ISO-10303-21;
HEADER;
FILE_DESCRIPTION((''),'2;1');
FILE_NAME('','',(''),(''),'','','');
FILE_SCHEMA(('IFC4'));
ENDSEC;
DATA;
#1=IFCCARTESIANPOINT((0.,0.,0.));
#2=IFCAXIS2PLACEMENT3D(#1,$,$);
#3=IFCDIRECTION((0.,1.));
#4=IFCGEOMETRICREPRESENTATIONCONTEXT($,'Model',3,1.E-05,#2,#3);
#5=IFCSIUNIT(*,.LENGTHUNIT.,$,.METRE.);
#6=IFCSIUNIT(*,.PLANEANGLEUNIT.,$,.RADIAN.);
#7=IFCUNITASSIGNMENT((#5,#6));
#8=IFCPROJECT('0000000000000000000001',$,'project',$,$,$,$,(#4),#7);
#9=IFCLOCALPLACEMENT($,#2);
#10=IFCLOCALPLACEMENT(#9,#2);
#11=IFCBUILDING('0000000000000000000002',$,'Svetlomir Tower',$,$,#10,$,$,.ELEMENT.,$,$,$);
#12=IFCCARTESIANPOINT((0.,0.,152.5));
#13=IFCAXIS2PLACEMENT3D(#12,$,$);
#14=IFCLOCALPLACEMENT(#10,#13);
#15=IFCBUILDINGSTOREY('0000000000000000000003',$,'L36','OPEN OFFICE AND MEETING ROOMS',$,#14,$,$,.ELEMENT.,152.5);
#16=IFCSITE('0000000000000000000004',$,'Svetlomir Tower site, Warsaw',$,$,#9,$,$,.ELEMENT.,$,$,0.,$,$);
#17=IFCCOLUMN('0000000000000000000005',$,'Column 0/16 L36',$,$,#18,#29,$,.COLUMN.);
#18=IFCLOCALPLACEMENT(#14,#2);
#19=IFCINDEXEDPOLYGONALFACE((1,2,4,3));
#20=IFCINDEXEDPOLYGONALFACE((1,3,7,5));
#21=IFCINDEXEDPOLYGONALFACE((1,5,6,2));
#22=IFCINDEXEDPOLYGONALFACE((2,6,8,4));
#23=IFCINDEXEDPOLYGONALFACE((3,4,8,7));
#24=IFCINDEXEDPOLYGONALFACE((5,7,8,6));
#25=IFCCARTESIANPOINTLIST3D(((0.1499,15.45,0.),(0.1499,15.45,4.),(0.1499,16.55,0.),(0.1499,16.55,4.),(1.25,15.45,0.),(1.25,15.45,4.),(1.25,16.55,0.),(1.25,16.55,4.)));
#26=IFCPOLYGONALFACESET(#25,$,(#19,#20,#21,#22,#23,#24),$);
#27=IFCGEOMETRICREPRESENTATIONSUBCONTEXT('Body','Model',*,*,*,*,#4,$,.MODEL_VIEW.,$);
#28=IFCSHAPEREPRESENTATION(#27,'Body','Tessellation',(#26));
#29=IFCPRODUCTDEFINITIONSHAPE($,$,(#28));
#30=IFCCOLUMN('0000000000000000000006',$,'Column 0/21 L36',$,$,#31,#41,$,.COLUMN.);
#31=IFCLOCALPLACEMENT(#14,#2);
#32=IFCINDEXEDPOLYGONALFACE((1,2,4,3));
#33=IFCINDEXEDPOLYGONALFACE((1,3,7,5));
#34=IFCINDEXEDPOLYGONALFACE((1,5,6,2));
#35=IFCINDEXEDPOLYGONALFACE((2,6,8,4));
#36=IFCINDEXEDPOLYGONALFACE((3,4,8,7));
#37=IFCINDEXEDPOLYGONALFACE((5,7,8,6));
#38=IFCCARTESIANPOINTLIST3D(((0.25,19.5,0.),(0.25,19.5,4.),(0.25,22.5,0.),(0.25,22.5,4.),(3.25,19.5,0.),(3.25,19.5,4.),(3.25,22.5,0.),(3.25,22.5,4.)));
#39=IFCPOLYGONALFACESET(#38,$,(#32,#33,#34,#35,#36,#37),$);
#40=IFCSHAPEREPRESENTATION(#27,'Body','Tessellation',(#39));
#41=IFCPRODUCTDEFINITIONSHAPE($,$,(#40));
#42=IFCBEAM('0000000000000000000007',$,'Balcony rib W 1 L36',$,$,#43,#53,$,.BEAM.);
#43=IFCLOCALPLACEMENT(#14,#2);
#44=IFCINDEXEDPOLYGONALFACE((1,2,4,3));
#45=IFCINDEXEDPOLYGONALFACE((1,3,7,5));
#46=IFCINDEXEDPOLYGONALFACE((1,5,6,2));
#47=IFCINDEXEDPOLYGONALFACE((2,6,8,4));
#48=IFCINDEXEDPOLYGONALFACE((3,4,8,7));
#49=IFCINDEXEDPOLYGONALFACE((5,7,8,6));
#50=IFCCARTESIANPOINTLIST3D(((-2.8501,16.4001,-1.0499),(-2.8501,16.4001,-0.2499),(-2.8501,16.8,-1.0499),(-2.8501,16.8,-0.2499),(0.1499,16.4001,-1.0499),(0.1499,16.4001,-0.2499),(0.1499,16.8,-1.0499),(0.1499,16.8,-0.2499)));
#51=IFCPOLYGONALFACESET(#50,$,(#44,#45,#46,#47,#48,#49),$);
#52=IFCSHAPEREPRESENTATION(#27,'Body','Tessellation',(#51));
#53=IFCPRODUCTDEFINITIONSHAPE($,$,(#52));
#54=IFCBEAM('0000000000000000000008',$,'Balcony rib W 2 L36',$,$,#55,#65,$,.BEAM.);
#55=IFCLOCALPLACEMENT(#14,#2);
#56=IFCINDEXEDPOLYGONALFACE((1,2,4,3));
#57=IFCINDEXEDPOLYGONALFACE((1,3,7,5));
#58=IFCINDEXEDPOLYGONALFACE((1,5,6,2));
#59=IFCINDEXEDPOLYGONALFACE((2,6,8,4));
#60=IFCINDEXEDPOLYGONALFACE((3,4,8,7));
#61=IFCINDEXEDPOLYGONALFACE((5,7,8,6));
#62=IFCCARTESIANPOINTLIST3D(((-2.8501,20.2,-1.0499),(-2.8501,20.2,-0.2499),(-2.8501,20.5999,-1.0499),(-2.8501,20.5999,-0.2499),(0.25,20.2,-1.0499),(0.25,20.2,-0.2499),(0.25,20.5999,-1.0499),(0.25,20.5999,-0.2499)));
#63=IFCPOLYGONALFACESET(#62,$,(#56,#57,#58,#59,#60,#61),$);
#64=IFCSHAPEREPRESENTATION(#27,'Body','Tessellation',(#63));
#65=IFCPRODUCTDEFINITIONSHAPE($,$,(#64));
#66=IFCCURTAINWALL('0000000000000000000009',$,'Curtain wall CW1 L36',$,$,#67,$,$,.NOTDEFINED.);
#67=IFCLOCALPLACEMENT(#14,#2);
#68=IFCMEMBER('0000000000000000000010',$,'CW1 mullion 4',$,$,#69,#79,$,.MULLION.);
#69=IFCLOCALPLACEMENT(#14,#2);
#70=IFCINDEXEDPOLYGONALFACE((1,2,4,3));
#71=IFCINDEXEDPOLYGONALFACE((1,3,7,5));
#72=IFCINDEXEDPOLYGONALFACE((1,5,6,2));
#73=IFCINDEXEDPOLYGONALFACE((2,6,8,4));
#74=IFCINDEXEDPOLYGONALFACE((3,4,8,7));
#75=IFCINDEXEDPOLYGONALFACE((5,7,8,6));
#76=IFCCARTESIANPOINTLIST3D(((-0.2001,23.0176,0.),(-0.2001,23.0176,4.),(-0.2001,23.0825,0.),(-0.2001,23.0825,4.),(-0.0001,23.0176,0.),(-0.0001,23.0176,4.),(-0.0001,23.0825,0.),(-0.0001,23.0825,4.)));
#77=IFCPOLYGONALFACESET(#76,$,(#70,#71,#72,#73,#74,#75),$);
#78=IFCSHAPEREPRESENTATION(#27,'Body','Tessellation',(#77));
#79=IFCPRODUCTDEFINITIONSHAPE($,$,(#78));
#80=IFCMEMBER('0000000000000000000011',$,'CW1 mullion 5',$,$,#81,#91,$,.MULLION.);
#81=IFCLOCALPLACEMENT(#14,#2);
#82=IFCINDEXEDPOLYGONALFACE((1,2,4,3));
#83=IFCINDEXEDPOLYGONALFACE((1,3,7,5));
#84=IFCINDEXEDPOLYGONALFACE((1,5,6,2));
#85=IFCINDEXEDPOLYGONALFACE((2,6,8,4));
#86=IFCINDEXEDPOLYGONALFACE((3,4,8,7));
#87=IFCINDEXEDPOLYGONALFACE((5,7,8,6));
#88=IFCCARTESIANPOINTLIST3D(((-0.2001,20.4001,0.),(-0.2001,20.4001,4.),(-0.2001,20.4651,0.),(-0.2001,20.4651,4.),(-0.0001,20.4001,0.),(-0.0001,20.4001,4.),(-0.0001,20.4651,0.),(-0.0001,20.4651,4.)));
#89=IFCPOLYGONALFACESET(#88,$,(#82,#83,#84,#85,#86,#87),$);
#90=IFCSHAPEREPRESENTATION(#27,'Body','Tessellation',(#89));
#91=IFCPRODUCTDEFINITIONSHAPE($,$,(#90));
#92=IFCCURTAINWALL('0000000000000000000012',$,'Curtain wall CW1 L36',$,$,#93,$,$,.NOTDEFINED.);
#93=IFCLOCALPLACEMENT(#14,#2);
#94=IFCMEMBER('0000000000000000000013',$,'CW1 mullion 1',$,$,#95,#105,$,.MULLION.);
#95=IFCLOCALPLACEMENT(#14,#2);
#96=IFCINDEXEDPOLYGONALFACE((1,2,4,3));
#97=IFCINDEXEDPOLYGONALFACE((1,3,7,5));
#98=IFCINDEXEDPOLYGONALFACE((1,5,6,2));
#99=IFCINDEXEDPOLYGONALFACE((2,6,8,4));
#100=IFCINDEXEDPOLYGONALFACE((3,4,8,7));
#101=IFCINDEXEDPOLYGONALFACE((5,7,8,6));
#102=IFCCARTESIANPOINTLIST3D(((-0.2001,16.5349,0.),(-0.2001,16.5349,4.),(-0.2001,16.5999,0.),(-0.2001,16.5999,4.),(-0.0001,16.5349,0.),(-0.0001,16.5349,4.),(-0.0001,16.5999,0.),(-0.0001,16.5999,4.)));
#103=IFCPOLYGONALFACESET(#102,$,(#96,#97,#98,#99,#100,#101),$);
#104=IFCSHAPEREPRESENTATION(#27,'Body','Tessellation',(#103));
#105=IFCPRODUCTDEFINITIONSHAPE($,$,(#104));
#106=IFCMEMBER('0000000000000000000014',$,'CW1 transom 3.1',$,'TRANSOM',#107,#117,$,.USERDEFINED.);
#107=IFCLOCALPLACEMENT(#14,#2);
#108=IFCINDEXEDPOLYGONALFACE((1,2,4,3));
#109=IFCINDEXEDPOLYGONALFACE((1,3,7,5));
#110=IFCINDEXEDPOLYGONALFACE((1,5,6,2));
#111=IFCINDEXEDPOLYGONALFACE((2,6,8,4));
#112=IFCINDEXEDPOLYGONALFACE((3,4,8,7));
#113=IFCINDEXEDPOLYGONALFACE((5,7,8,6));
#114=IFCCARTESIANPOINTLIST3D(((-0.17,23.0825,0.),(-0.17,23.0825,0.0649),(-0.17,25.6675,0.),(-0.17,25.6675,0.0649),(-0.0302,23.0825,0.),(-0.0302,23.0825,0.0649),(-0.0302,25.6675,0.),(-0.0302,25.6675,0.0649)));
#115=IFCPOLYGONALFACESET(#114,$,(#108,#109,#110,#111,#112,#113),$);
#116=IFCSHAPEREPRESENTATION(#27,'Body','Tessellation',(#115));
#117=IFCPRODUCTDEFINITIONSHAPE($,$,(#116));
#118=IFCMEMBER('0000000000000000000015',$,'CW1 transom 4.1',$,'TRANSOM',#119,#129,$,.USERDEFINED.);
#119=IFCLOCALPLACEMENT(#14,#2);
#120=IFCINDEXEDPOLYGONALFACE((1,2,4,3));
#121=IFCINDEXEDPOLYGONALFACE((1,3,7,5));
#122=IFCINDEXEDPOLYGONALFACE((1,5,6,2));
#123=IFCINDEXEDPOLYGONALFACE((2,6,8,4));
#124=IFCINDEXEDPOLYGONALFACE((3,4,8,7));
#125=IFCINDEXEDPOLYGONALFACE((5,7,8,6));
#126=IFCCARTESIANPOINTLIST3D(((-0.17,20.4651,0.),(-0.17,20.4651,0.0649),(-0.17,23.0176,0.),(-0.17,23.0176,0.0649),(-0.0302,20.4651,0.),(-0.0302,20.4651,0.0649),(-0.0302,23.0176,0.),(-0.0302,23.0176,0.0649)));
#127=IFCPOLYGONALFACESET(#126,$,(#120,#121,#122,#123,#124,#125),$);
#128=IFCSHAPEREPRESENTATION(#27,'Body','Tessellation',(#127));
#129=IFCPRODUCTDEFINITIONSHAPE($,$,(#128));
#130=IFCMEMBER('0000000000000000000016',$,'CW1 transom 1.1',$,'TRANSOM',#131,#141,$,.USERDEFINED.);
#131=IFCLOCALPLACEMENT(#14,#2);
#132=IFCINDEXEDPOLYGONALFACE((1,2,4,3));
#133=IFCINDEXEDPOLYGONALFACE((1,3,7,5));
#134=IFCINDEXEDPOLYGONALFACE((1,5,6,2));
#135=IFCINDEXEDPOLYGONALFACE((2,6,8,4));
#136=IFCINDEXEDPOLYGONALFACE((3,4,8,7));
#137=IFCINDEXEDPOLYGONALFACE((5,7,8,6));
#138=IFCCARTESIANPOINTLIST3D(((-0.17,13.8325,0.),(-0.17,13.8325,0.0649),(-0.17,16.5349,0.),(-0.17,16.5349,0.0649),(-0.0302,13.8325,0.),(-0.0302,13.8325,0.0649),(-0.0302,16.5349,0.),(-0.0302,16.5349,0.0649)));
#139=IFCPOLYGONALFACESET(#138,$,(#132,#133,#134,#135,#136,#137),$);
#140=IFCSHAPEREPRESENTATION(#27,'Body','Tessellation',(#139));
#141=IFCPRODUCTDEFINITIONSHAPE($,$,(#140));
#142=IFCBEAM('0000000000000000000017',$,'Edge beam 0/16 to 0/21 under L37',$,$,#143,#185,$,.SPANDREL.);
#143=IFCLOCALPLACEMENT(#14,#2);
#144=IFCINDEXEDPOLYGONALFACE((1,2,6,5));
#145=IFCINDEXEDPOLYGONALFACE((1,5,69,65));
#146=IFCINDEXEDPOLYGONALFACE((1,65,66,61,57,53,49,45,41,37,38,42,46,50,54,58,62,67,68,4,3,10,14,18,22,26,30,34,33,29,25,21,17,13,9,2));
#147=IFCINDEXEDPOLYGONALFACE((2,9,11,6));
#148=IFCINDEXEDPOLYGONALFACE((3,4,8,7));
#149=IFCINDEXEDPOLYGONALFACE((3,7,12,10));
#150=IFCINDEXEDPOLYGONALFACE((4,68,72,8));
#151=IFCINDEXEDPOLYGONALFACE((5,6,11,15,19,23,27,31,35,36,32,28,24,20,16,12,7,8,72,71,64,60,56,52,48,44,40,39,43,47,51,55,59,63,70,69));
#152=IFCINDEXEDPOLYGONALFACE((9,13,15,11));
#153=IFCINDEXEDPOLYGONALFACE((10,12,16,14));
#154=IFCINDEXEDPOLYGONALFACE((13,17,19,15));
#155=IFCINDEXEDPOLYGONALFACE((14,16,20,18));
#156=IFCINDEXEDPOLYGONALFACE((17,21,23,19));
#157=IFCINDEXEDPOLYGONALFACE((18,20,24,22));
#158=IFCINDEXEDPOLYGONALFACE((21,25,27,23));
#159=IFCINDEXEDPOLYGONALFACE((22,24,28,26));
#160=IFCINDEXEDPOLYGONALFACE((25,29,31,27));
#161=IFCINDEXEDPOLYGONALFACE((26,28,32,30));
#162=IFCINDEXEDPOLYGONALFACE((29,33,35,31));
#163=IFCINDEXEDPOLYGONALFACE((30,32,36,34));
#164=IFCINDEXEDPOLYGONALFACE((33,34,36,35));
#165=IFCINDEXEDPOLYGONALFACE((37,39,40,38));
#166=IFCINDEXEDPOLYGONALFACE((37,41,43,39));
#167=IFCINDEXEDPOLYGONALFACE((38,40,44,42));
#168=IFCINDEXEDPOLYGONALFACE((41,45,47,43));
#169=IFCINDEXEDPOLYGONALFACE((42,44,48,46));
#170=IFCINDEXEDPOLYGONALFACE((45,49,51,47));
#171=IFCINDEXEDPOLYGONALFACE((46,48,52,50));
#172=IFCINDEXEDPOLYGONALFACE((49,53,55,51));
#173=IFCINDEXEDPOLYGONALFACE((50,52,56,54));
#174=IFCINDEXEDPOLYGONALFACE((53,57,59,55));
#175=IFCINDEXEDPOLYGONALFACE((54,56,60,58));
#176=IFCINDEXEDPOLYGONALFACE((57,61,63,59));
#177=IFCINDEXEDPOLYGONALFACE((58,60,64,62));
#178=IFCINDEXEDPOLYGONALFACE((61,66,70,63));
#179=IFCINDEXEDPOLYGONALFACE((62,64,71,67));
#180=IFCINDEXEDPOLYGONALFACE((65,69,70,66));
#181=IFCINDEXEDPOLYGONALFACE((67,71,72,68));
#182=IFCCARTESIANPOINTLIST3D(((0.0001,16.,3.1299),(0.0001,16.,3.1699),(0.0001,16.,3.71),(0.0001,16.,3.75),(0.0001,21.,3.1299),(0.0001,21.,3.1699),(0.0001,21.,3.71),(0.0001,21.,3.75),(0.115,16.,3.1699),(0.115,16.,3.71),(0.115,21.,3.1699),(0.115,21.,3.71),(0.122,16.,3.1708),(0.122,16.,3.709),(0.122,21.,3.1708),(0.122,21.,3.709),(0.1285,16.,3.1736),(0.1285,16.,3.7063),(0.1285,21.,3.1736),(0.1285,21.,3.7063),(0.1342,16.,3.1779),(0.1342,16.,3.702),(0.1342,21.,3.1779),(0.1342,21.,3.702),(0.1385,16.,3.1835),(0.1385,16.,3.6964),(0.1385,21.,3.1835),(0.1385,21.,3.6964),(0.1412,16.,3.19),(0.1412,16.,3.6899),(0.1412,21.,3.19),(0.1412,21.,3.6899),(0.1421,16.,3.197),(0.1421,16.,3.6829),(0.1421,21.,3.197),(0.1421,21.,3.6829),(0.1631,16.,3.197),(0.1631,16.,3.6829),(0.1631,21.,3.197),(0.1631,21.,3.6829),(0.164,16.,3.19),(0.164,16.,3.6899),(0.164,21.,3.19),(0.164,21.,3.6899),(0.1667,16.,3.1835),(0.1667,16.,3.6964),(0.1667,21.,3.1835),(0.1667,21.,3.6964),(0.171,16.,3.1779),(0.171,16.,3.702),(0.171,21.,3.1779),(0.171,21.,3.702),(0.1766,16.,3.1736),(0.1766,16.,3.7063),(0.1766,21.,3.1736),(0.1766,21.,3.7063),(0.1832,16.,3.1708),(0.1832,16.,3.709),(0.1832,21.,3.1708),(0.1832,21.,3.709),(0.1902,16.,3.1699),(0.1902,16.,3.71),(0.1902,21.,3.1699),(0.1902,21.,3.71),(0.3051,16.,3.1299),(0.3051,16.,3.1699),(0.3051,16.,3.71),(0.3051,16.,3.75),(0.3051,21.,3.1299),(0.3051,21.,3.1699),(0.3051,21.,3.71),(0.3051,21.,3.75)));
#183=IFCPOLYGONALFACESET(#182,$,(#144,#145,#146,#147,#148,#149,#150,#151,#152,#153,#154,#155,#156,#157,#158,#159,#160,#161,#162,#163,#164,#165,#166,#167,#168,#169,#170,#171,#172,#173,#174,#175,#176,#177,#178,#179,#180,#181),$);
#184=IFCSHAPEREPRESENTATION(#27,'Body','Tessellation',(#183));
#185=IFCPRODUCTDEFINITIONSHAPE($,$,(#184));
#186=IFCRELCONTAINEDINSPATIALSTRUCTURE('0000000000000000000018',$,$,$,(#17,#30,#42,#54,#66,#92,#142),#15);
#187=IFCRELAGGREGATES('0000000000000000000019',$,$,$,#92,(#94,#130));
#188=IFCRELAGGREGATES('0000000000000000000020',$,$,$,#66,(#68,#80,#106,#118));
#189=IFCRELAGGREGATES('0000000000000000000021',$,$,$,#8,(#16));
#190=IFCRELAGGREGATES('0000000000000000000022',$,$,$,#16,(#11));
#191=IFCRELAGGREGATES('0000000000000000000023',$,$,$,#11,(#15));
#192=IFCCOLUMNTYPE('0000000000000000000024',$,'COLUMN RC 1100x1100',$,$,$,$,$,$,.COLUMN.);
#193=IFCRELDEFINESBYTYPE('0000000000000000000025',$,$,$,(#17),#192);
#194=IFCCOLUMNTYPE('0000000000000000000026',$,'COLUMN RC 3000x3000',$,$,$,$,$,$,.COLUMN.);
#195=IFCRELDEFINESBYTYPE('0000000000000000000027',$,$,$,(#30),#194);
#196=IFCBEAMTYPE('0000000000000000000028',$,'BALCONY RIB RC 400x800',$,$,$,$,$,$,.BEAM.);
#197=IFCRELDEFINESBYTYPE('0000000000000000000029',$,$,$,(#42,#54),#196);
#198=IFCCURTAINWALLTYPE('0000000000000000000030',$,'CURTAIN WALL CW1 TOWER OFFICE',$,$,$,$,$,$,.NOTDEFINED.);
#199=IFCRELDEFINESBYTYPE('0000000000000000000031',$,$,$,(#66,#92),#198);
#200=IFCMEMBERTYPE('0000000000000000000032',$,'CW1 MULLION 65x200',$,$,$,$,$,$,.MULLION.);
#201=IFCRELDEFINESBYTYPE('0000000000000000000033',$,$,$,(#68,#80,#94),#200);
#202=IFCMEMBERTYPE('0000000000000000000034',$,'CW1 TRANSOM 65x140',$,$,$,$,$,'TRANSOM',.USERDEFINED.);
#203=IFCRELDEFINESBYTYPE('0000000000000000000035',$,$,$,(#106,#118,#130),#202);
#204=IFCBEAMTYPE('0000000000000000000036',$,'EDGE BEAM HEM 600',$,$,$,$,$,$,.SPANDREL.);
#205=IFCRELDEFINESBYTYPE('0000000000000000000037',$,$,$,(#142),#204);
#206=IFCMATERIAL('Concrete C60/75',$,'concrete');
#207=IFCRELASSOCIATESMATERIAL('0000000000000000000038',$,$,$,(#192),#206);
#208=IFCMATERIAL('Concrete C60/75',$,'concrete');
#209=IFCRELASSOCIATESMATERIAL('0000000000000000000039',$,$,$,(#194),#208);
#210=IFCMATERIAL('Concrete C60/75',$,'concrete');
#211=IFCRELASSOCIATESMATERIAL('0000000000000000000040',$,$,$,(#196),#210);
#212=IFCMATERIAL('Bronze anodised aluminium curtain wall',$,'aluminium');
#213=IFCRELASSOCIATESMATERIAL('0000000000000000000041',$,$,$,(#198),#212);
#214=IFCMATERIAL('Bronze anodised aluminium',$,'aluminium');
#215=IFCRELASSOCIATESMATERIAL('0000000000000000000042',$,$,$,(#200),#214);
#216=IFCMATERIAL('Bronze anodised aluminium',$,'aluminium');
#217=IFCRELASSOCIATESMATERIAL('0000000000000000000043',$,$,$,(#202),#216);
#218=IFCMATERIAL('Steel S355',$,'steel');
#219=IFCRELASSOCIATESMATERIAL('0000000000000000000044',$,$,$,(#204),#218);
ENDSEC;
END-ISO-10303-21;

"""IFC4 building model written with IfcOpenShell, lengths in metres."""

from ifc_helpers import new_model, si_unit, direction, frame, origin, origin_2d, place, context, subcontext, project, spatial, rectangle, i_section, extrude, material, material_profile, profile_set, type_object, element, aggregate, save


model = new_model("IFC4")

# Units and contexts
model_context = context("Model", 3, precision=1e-05, world=origin(), true_north=direction((0.0, 1.0)))
body_context = subcontext(model_context, "Body", "Model", "MODEL_VIEW")
ifc_project = project(units=[si_unit("LENGTHUNIT", "METRE"), si_unit("PLANEANGLEUNIT", "RADIAN")], contexts=[model_context])

# Site, building, storey
site_placement = place(None, origin())
site = spatial("IfcSite", under=ifc_project, at=site_placement, Name="Svetlomir Tower site, Warsaw", CompositionType="ELEMENT", RefElevation=0.0)
building_placement = place(site_placement, origin())
building = spatial("IfcBuilding", under=site, at=building_placement, Name="Svetlomir Tower", CompositionType="ELEMENT")
storey_placement = place(building_placement, frame((0.0, 0.0, 152.5)))
storey = spatial("IfcBuildingStorey", under=building, at=storey_placement, Name="L36", Description="OPEN OFFICE AND MEETING ROOMS", CompositionType="ELEMENT", Elevation=152.5)

# Columns
ifc_material_1 = material(Name="Concrete C60/75", Category="concrete")
ifc_material_profile_1 = material_profile(ifc_material_1, rectangle(XDim=1.1001, YDim=1.1001, at=origin_2d()), Name="RC 1100x1100")
ifc_profile_set_1 = profile_set([ifc_material_profile_1], Name="Concrete C60/75")
column_type_1 = type_object("IfcColumnType", Name="COLUMN RC 1100x1100", PredefinedType="COLUMN", material=ifc_profile_set_1)
column_1_placement = place(storey_placement, frame((0.7, 16.0, 0.0), z_axis=(0.0, 0.0, 1.0), x_axis=(1.0, 0.0, 0.0)))
element("IfcColumn", 1, at=column_1_placement, inside=storey, type_object=column_type_1, Name="Column 0/16 L36", PredefinedType="COLUMN", context=body_context, shape_type="SweptSolid", body=[
    extrude(rectangle(XDim=1.1001, YDim=1.1001, at=origin_2d()), origin(), (0.0, 0.0, 1.0), 4.0),
])
ifc_material_2 = material(Name="Concrete C60/75", Category="concrete")
ifc_material_profile_2 = material_profile(ifc_material_2, rectangle(XDim=3.0, YDim=3.0, at=origin_2d()), Name="RC 3000x3000")
ifc_profile_set_2 = profile_set([ifc_material_profile_2], Name="Concrete C60/75")
column_type_2 = type_object("IfcColumnType", Name="COLUMN RC 3000x3000", PredefinedType="COLUMN", material=ifc_profile_set_2)
column_2_placement = place(storey_placement, frame((1.75, 21.0, 0.0), z_axis=(0.0, 0.0, 1.0), x_axis=(1.0, 0.0, 0.0)))
element("IfcColumn", 2, at=column_2_placement, inside=storey, type_object=column_type_2, Name="Column 0/21 L36", PredefinedType="COLUMN", context=body_context, shape_type="SweptSolid", body=[
    extrude(rectangle(XDim=3.0, YDim=3.0, at=origin_2d()), origin(), (0.0, 0.0, 1.0), 4.0),
])

# Beams
ifc_material_3 = material(Name="Concrete C60/75", Category="concrete")
ifc_material_profile_3 = material_profile(ifc_material_3, rectangle(XDim=0.3999, YDim=0.8, at=origin_2d()), Name="RC 400x800")
ifc_profile_set_3 = profile_set([ifc_material_profile_3], Name="Concrete C60/75")
beam_type_1 = type_object("IfcBeamType", Name="BALCONY RIB RC 400x800", PredefinedType="BEAM", material=ifc_profile_set_3)
beam_1_placement = place(storey_placement, frame((0.1499, 16.6001, -0.6499), z_axis=(-1.0, 0.0, 0.0), x_axis=(0.0, -1.0, 0.0)))
element("IfcBeam", 3, at=beam_1_placement, inside=storey, type_object=beam_type_1, Name="Balcony rib W 1 L36", PredefinedType="BEAM", context=body_context, shape_type="SweptSolid", body=[
    extrude(rectangle(XDim=0.3999, YDim=0.8, at=origin_2d()), origin(), (0.0, 0.0, 1.0), 3.0),
])
beam_2_placement = place(storey_placement, frame((0.25, 20.3999, -0.6499), z_axis=(-1.0, 0.0, 0.0), x_axis=(0.0, -1.0, 0.0)))
element("IfcBeam", 4, at=beam_2_placement, inside=storey, type_object=beam_type_1, Name="Balcony rib W 2 L36", PredefinedType="BEAM", context=body_context, shape_type="SweptSolid", body=[
    extrude(rectangle(XDim=0.3999, YDim=0.8, at=origin_2d()), origin(), (0.0, 0.0, 1.0), 3.1001),
])

# Curtain wall, members
ifc_material_4 = material(Name="Bronze anodised aluminium curtain wall", Category="aluminium")
curtain_wall_type = type_object("IfcCurtainWallType", Name="CURTAIN WALL CW1 TOWER OFFICE", PredefinedType="NOTDEFINED", material=ifc_material_4)
curtain_wall_1_placement = place(storey_placement, origin())
curtain_wall_1 = element("IfcCurtainWall", 5, at=curtain_wall_1_placement, inside=storey, type_object=curtain_wall_type, Name="Curtain wall CW1 L36", PredefinedType="NOTDEFINED")
ifc_material_5 = material(Name="Bronze anodised aluminium", Category="aluminium")
ifc_material_profile_4 = material_profile(ifc_material_5, rectangle(XDim=0.0649, YDim=0.2, at=origin_2d()), Name="AL 65x200")
ifc_profile_set_4 = profile_set([ifc_material_profile_4], Name="Bronze anodised aluminium 6063-T6")
member_type_1 = type_object("IfcMemberType", Name="CW1 MULLION 65x200", PredefinedType="MULLION", material=ifc_profile_set_4)
member_1_placement = place(storey_placement, frame((-0.1001, 23.05, 0.0), z_axis=(0.0, 0.0, 1.0), x_axis=(0.0, -1.0, 0.0)))
member_1 = element("IfcMember", 6, at=member_1_placement, type_object=member_type_1, Name="CW1 mullion 4", PredefinedType="MULLION", context=body_context, shape_type="SweptSolid", body=[
    extrude(rectangle(XDim=0.0649, YDim=0.2, at=origin_2d()), origin(), (0.0, 0.0, 1.0), 4.0),
])
member_2_placement = place(storey_placement, frame((-0.1001, 20.4326, 0.0), z_axis=(0.0, 0.0, 1.0), x_axis=(0.0, -1.0, 0.0)))
member_2 = element("IfcMember", 7, at=member_2_placement, type_object=member_type_1, Name="CW1 mullion 5", PredefinedType="MULLION", context=body_context, shape_type="SweptSolid", body=[
    extrude(rectangle(XDim=0.0649, YDim=0.2, at=origin_2d()), origin(), (0.0, 0.0, 1.0), 4.0),
])

# Curtain wall, member
curtain_wall_2_placement = place(storey_placement, origin())
curtain_wall_2 = element("IfcCurtainWall", 8, at=curtain_wall_2_placement, inside=storey, type_object=curtain_wall_type, Name="Curtain wall CW1 L36", PredefinedType="NOTDEFINED")
member_3_placement = place(storey_placement, frame((-0.1001, 16.5674, 0.0), z_axis=(0.0, 0.0, 1.0), x_axis=(0.0, -1.0, 0.0)))
member_3 = element("IfcMember", 9, at=member_3_placement, type_object=member_type_1, Name="CW1 mullion 1", PredefinedType="MULLION", context=body_context, shape_type="SweptSolid", body=[
    extrude(rectangle(XDim=0.0649, YDim=0.2, at=origin_2d()), origin(), (0.0, 0.0, 1.0), 4.0),
])

# Members
ifc_material_6 = material(Name="Bronze anodised aluminium", Category="aluminium")
ifc_material_profile_5 = material_profile(ifc_material_6, rectangle(XDim=0.1399, YDim=0.0649, at=origin_2d()), Name="AL 140x65")
ifc_profile_set_5 = profile_set([ifc_material_profile_5], Name="Bronze anodised aluminium 6063-T6")
member_type_2 = type_object("IfcMemberType", Name="CW1 TRANSOM 65x140", ElementType="TRANSOM", PredefinedType="USERDEFINED", material=ifc_profile_set_5)
member_4_placement = place(storey_placement, frame((-0.1001, 25.6675, 0.0325), z_axis=(0.0, -1.0, 0.0), x_axis=(1.0, 0.0, 0.0)))
member_4 = element("IfcMember", 10, at=member_4_placement, type_object=member_type_2, Name="CW1 transom 3.1", ObjectType="TRANSOM", PredefinedType="USERDEFINED", context=body_context, shape_type="SweptSolid", body=[
    extrude(rectangle(XDim=0.1399, YDim=0.0649, at=origin_2d()), origin(), (0.0, 0.0, 1.0), 2.585),
])
member_5_placement = place(storey_placement, frame((-0.1001, 23.0176, 0.0325), z_axis=(0.0, -1.0, 0.0), x_axis=(1.0, 0.0, 0.0)))
member_5 = element("IfcMember", 11, at=member_5_placement, type_object=member_type_2, Name="CW1 transom 4.1", ObjectType="TRANSOM", PredefinedType="USERDEFINED", context=body_context, shape_type="SweptSolid", body=[
    extrude(rectangle(XDim=0.1399, YDim=0.0649, at=origin_2d()), origin(), (0.0, 0.0, 1.0), 2.5525),
])
member_6_placement = place(storey_placement, frame((-0.1001, 16.5349, 0.0325), z_axis=(0.0, -1.0, 0.0), x_axis=(1.0, 0.0, 0.0)))
member_6 = element("IfcMember", 12, at=member_6_placement, type_object=member_type_2, Name="CW1 transom 1.1", ObjectType="TRANSOM", PredefinedType="USERDEFINED", context=body_context, shape_type="SweptSolid", body=[
    extrude(rectangle(XDim=0.1399, YDim=0.0649, at=origin_2d()), origin(), (0.0, 0.0, 1.0), 2.7024),
])
aggregate(curtain_wall_2, [member_3, member_6])

# Beam
ifc_material_7 = material(Name="Steel S355", Category="steel")
ifc_material_profile_6 = material_profile(ifc_material_7, i_section(OverallWidth=0.3049, OverallDepth=0.6201, WebThickness=0.021, FlangeThickness=0.04, FilletRadius=0.0271, at=origin_2d()), Name="HEM 600")
ifc_profile_set_6 = profile_set([ifc_material_profile_6], Name="Steel S355")
beam_type_2 = type_object("IfcBeamType", Name="EDGE BEAM HEM 600", PredefinedType="SPANDREL", material=ifc_profile_set_6)
beam_3_placement = place(storey_placement, frame((0.1526, 16.0, 3.4399), z_axis=(0.0, 1.0, 0.0), x_axis=(-1.0, 0.0, 0.0)))
element("IfcBeam", 13, at=beam_3_placement, inside=storey, type_object=beam_type_2, Name="Edge beam 0/16 to 0/21 under L37", PredefinedType="SPANDREL", context=body_context, shape_type="SweptSolid", body=[
    extrude(i_section(OverallWidth=0.3049, OverallDepth=0.6201, WebThickness=0.021, FlangeThickness=0.04, FilletRadius=0.0271, at=origin_2d()), origin(), (0.0, 0.0, 1.0), 5.0),
])

aggregate(curtain_wall_1, [member_1, member_2, member_4, member_5])

save(model, "model.ifc")
